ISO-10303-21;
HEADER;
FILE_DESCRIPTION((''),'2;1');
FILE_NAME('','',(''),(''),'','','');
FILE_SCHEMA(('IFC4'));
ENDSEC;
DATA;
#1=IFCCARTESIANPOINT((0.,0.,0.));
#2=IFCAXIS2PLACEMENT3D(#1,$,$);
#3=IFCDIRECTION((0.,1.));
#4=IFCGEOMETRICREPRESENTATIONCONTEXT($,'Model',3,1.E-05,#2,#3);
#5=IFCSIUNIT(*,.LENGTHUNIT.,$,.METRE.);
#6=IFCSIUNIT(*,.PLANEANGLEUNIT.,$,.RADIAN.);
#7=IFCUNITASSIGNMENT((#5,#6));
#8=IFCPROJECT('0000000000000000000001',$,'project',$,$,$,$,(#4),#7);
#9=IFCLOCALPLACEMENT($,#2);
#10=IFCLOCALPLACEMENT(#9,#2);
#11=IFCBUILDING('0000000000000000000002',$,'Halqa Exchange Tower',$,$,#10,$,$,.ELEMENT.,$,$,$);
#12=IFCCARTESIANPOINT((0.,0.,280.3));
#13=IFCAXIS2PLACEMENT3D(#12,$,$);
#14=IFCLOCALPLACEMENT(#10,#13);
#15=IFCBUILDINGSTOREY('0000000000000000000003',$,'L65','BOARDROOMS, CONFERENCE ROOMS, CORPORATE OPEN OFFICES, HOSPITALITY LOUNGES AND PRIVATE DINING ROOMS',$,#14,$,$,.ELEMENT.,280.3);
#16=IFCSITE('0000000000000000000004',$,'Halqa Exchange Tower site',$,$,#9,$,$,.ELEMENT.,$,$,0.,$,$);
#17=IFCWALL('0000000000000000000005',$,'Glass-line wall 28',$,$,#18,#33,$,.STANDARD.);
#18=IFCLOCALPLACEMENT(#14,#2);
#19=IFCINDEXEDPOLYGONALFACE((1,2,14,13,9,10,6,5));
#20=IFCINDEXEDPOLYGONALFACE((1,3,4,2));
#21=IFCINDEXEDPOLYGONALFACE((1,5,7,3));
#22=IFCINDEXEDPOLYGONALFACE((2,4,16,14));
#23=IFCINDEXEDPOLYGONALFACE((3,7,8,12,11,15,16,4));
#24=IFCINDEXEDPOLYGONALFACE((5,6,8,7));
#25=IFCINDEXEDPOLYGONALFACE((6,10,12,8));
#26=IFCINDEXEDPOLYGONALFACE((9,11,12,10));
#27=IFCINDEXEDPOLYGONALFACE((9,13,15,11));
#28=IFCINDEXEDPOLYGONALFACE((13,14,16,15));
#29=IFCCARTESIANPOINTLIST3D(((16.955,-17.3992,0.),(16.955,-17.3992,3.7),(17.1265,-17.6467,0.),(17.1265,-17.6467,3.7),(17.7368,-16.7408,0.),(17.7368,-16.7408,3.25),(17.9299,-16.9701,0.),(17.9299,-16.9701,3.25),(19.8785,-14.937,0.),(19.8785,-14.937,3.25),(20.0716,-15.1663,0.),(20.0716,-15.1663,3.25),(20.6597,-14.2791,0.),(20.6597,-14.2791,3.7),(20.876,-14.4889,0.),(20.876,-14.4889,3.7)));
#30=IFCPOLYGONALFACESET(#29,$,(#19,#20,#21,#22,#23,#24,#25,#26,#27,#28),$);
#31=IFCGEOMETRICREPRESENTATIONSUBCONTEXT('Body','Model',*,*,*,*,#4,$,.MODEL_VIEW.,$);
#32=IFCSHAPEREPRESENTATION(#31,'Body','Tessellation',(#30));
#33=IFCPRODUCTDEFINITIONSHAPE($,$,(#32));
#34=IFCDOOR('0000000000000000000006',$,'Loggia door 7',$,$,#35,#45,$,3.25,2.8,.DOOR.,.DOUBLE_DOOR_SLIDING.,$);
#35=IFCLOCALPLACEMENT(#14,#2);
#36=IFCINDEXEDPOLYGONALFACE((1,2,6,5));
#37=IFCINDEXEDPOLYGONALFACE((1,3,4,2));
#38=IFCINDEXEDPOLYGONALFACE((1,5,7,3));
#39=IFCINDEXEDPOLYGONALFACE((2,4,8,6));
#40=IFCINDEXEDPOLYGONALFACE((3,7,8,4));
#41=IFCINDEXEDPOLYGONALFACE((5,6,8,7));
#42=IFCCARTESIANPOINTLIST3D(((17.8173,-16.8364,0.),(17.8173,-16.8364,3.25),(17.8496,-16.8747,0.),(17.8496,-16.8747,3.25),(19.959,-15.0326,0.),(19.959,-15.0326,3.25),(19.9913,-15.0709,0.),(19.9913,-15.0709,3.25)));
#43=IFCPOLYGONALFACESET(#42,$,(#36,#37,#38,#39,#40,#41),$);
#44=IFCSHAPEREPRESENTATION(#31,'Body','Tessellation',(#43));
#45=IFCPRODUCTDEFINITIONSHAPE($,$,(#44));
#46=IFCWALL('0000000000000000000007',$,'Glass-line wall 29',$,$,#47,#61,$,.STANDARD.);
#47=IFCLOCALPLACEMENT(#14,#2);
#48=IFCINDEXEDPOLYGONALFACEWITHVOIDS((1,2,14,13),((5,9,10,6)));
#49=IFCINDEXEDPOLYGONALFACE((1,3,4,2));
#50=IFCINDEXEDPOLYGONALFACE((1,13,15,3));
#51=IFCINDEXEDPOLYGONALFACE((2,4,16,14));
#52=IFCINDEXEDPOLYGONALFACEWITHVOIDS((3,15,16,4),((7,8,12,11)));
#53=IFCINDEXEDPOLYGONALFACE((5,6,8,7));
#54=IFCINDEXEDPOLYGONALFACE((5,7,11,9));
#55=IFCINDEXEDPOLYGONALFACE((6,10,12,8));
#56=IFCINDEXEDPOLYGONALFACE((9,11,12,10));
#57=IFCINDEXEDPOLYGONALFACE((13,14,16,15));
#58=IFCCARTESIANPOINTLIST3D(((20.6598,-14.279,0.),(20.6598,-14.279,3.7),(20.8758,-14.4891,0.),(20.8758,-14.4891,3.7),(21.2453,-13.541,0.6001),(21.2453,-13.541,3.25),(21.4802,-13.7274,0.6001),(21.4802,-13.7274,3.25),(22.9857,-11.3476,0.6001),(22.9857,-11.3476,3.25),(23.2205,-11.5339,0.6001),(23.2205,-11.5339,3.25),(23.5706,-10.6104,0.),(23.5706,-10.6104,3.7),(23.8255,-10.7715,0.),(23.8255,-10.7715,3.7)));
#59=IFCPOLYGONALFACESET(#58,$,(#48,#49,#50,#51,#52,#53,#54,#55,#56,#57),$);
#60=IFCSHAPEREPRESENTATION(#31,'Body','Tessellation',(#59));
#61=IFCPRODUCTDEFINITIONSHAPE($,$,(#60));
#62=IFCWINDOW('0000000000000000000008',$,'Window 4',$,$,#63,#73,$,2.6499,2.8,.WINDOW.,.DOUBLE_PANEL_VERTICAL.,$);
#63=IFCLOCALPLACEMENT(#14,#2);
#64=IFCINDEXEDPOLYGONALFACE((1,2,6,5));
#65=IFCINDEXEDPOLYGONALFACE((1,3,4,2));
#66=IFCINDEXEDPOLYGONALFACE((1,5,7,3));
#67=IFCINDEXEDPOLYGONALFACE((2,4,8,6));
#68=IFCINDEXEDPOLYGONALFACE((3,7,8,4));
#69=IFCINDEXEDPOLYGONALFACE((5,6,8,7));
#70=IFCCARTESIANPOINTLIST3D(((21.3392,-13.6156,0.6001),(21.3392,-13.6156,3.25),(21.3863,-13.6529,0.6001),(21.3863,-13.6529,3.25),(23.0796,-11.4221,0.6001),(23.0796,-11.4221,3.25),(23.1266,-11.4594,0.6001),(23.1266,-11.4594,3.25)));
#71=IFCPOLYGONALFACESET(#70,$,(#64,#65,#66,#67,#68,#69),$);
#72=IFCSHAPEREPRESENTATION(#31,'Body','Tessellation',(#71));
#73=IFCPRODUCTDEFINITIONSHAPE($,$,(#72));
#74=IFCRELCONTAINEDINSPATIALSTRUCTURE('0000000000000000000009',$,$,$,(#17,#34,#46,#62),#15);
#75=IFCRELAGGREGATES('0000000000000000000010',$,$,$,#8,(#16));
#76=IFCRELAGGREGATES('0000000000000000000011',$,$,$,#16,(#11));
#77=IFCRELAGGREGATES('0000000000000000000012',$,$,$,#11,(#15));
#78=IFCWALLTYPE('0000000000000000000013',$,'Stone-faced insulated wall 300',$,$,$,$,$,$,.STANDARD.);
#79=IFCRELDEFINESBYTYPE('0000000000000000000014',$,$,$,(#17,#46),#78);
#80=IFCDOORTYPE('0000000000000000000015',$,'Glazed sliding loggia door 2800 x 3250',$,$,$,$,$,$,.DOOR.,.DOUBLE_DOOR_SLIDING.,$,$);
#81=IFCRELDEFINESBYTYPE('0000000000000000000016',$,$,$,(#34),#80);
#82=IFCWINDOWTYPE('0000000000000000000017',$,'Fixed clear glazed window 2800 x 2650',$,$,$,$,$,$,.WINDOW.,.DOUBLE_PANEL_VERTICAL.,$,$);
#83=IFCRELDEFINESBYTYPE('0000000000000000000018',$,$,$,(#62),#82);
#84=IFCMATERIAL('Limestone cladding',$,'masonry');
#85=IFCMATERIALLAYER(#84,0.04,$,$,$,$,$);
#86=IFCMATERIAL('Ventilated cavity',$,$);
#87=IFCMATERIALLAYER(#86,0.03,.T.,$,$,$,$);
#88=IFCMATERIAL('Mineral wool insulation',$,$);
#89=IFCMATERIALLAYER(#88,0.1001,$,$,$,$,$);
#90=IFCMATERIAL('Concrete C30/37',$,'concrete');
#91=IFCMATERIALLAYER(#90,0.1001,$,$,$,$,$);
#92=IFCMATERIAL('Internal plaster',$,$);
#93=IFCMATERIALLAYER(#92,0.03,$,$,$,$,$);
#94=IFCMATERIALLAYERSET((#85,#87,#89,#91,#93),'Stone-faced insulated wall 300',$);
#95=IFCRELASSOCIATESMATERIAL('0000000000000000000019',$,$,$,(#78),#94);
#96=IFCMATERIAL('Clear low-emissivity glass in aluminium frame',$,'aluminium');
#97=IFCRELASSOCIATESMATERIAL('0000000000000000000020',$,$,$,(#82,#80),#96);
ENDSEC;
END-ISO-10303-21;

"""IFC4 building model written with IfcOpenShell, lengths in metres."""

from ifc_helpers import new_model, si_unit, direction, frame, frame_2d, origin, place, context, subcontext, project, spatial, polyline, rectangle, outline, extrude, material, layer, layer_set, type_object, element, fill, save


model = new_model("IFC4")

# Units and contexts
model_context = context("Model", 3, precision=1e-05, world=origin(), true_north=direction((0.0, 1.0)))
body_context = subcontext(model_context, "Body", "Model", "MODEL_VIEW")
ifc_project = project(units=[si_unit("LENGTHUNIT", "METRE"), si_unit("PLANEANGLEUNIT", "RADIAN")], contexts=[model_context])

# Site, building, storey
site_placement = place(None, origin())
site = spatial("IfcSite", under=ifc_project, at=site_placement, Name="Halqa Exchange Tower site", CompositionType="ELEMENT", RefElevation=0.0)
building_placement = place(site_placement, origin())
building = spatial("IfcBuilding", under=site, at=building_placement, Name="Halqa Exchange Tower", CompositionType="ELEMENT")
storey_placement = place(building_placement, frame((0.0, 0.0, 280.3)))
storey = spatial("IfcBuildingStorey", under=building, at=storey_placement, Name="L65", Description="BOARDROOMS, CONFERENCE ROOMS, CORPORATE OPEN OFFICES, HOSPITALITY LOUNGES AND PRIVATE DINING ROOMS", CompositionType="ELEMENT", Elevation=280.3)

# Shared definitions
ifc_material_1 = material(Name="Limestone cladding", Category="masonry")
ifc_layer_1 = layer(ifc_material_1, 0.04)
ifc_material_2 = material(Name="Ventilated cavity")
ifc_layer_2 = layer(ifc_material_2, 0.03, ventilated=True)
ifc_material_3 = material(Name="Mineral wool insulation")
ifc_layer_3 = layer(ifc_material_3, 0.1001)
ifc_material_4 = material(Name="Concrete C30/37", Category="concrete")
ifc_layer_4 = layer(ifc_material_4, 0.1001)
ifc_material_5 = material(Name="Internal plaster")
ifc_layer_5 = layer(ifc_material_5, 0.03)
ifc_layer_set_1 = layer_set([ifc_layer_1, ifc_layer_2, ifc_layer_3, ifc_layer_4, ifc_layer_5], Name="Stone-faced insulated wall 300")
wall_type_1 = type_object("IfcWallType", Name="Stone-faced insulated wall 300", PredefinedType="STANDARD", material=ifc_layer_set_1)
ifc_material_6 = material(Name="Clear low-emissivity glass in aluminium frame", Category="aluminium")
window_type = type_object("IfcWindowType", Name="Fixed clear glazed window 2800 x 2650", PartitioningType="DOUBLE_PANEL_VERTICAL", PredefinedType="WINDOW", material=ifc_material_6)

# Wall, opening, door
wall_1_placement = place(storey_placement, frame((17.0408, -17.5229, 0.0), z_axis=(0.0, 0.0, 1.0), x_axis=(0.764876, 0.644177, 0.0)))
wall_1 = element("IfcWall", 1, at=wall_1_placement, inside=storey, type_object=wall_type_1, Name="Glass-line wall 28", PredefinedType="STANDARD", context=body_context, shape_type="SweptSolid", body=[
    extrude(outline(polyline([(-0.0142, -0.1499), (4.8879, -0.1499), (4.8577, 0.1499), (0.0142, 0.1499), (-0.0142, -0.1499)])), origin(), (0.0, 0.0, 1.0), 3.7),
])
opening_1_placement = place(wall_1_placement, frame((1.0364, 0.0, 0.0)))
opening_1 = element("IfcOpeningElement", 2, at=opening_1_placement, cuts=wall_1, PredefinedType="OPENING", context=body_context, shape_type="SweptSolid", body=[
    extrude(rectangle(XDim=2.8, YDim=3.25, at=frame_2d((1.3999, 1.625))), frame((0.0, 0.1621, 0.0), z_axis=(0.0, -1.0, 0.0), x_axis=(1.0, 0.0, 0.0)), (0.0, 0.0, 1.0), 0.324),
])
door_type_1 = type_object("IfcDoorType", Name="Glazed sliding loggia door 2800 x 3250", OperationType="DOUBLE_DOOR_SLIDING", PredefinedType="DOOR", material=ifc_material_6)
door_1_placement = place(opening_1_placement, origin())
door_1 = element("IfcDoor", 3, at=door_1_placement, inside=storey, type_object=door_type_1, Name="Loggia door 7", OperationType="DOUBLE_DOOR_SLIDING", OverallHeight=3.25, OverallWidth=2.8, PredefinedType="DOOR", context=body_context, shape_type="SweptSolid", body=[
    extrude(rectangle(XDim=2.8, YDim=3.25, at=frame_2d((1.3999, 1.625))), frame((0.0, 0.0249, 0.0), z_axis=(0.0, -1.0, 0.0), x_axis=(1.0, 0.0, 0.0)), (0.0, 0.0, 1.0), 0.05),
])
fill(opening_1, door_1)

# Wall, opening, window
wall_2_placement = place(storey_placement, frame((20.7678, -14.384, 0.0), z_axis=(0.0, 0.0, 1.0), x_axis=(0.621545, 0.783379, 0.0)))
wall_2 = element("IfcWall", 4, at=wall_2_placement, inside=storey, type_object=wall_type_1, Name="Glass-line wall 29", PredefinedType="STANDARD", context=body_context, shape_type="SweptSolid", body=[
    extrude(outline(polyline([(-0.0151, -0.1499), (4.7305, -0.1499), (4.6982, 0.1499), (0.0151, 0.1499), (-0.0151, -0.1499)])), origin(), (0.0, 0.0, 1.0), 3.7),
])
opening_2_placement = place(wall_2_placement, frame((0.9573, 0.0, 0.6001)))
opening_2 = element("IfcOpeningElement", 5, at=opening_2_placement, cuts=wall_2, PredefinedType="OPENING", context=body_context, shape_type="SweptSolid", body=[
    extrude(rectangle(XDim=2.8, YDim=2.6499, at=frame_2d((1.3999, 1.325))), frame((0.0, 0.1621, 0.0), z_axis=(0.0, -1.0, 0.0), x_axis=(1.0, 0.0, 0.0)), (0.0, 0.0, 1.0), 0.324),
])
window_1_placement = place(opening_2_placement, origin())
window_1 = element("IfcWindow", 6, at=window_1_placement, inside=storey, type_object=window_type, Name="Window 4", OverallHeight=2.6499, OverallWidth=2.8, PartitioningType="DOUBLE_PANEL_VERTICAL", PredefinedType="WINDOW", context=body_context, shape_type="SweptSolid", body=[
    extrude(rectangle(XDim=2.8, YDim=2.6499, at=frame_2d((1.3999, 1.325))), frame((0.0, 0.03, 0.0), z_axis=(0.0, -1.0, 0.0), x_axis=(1.0, 0.0, 0.0)), (0.0, 0.0, 1.0), 0.0601),
])
fill(opening_2, window_1)

save(model, "model.ifc")
